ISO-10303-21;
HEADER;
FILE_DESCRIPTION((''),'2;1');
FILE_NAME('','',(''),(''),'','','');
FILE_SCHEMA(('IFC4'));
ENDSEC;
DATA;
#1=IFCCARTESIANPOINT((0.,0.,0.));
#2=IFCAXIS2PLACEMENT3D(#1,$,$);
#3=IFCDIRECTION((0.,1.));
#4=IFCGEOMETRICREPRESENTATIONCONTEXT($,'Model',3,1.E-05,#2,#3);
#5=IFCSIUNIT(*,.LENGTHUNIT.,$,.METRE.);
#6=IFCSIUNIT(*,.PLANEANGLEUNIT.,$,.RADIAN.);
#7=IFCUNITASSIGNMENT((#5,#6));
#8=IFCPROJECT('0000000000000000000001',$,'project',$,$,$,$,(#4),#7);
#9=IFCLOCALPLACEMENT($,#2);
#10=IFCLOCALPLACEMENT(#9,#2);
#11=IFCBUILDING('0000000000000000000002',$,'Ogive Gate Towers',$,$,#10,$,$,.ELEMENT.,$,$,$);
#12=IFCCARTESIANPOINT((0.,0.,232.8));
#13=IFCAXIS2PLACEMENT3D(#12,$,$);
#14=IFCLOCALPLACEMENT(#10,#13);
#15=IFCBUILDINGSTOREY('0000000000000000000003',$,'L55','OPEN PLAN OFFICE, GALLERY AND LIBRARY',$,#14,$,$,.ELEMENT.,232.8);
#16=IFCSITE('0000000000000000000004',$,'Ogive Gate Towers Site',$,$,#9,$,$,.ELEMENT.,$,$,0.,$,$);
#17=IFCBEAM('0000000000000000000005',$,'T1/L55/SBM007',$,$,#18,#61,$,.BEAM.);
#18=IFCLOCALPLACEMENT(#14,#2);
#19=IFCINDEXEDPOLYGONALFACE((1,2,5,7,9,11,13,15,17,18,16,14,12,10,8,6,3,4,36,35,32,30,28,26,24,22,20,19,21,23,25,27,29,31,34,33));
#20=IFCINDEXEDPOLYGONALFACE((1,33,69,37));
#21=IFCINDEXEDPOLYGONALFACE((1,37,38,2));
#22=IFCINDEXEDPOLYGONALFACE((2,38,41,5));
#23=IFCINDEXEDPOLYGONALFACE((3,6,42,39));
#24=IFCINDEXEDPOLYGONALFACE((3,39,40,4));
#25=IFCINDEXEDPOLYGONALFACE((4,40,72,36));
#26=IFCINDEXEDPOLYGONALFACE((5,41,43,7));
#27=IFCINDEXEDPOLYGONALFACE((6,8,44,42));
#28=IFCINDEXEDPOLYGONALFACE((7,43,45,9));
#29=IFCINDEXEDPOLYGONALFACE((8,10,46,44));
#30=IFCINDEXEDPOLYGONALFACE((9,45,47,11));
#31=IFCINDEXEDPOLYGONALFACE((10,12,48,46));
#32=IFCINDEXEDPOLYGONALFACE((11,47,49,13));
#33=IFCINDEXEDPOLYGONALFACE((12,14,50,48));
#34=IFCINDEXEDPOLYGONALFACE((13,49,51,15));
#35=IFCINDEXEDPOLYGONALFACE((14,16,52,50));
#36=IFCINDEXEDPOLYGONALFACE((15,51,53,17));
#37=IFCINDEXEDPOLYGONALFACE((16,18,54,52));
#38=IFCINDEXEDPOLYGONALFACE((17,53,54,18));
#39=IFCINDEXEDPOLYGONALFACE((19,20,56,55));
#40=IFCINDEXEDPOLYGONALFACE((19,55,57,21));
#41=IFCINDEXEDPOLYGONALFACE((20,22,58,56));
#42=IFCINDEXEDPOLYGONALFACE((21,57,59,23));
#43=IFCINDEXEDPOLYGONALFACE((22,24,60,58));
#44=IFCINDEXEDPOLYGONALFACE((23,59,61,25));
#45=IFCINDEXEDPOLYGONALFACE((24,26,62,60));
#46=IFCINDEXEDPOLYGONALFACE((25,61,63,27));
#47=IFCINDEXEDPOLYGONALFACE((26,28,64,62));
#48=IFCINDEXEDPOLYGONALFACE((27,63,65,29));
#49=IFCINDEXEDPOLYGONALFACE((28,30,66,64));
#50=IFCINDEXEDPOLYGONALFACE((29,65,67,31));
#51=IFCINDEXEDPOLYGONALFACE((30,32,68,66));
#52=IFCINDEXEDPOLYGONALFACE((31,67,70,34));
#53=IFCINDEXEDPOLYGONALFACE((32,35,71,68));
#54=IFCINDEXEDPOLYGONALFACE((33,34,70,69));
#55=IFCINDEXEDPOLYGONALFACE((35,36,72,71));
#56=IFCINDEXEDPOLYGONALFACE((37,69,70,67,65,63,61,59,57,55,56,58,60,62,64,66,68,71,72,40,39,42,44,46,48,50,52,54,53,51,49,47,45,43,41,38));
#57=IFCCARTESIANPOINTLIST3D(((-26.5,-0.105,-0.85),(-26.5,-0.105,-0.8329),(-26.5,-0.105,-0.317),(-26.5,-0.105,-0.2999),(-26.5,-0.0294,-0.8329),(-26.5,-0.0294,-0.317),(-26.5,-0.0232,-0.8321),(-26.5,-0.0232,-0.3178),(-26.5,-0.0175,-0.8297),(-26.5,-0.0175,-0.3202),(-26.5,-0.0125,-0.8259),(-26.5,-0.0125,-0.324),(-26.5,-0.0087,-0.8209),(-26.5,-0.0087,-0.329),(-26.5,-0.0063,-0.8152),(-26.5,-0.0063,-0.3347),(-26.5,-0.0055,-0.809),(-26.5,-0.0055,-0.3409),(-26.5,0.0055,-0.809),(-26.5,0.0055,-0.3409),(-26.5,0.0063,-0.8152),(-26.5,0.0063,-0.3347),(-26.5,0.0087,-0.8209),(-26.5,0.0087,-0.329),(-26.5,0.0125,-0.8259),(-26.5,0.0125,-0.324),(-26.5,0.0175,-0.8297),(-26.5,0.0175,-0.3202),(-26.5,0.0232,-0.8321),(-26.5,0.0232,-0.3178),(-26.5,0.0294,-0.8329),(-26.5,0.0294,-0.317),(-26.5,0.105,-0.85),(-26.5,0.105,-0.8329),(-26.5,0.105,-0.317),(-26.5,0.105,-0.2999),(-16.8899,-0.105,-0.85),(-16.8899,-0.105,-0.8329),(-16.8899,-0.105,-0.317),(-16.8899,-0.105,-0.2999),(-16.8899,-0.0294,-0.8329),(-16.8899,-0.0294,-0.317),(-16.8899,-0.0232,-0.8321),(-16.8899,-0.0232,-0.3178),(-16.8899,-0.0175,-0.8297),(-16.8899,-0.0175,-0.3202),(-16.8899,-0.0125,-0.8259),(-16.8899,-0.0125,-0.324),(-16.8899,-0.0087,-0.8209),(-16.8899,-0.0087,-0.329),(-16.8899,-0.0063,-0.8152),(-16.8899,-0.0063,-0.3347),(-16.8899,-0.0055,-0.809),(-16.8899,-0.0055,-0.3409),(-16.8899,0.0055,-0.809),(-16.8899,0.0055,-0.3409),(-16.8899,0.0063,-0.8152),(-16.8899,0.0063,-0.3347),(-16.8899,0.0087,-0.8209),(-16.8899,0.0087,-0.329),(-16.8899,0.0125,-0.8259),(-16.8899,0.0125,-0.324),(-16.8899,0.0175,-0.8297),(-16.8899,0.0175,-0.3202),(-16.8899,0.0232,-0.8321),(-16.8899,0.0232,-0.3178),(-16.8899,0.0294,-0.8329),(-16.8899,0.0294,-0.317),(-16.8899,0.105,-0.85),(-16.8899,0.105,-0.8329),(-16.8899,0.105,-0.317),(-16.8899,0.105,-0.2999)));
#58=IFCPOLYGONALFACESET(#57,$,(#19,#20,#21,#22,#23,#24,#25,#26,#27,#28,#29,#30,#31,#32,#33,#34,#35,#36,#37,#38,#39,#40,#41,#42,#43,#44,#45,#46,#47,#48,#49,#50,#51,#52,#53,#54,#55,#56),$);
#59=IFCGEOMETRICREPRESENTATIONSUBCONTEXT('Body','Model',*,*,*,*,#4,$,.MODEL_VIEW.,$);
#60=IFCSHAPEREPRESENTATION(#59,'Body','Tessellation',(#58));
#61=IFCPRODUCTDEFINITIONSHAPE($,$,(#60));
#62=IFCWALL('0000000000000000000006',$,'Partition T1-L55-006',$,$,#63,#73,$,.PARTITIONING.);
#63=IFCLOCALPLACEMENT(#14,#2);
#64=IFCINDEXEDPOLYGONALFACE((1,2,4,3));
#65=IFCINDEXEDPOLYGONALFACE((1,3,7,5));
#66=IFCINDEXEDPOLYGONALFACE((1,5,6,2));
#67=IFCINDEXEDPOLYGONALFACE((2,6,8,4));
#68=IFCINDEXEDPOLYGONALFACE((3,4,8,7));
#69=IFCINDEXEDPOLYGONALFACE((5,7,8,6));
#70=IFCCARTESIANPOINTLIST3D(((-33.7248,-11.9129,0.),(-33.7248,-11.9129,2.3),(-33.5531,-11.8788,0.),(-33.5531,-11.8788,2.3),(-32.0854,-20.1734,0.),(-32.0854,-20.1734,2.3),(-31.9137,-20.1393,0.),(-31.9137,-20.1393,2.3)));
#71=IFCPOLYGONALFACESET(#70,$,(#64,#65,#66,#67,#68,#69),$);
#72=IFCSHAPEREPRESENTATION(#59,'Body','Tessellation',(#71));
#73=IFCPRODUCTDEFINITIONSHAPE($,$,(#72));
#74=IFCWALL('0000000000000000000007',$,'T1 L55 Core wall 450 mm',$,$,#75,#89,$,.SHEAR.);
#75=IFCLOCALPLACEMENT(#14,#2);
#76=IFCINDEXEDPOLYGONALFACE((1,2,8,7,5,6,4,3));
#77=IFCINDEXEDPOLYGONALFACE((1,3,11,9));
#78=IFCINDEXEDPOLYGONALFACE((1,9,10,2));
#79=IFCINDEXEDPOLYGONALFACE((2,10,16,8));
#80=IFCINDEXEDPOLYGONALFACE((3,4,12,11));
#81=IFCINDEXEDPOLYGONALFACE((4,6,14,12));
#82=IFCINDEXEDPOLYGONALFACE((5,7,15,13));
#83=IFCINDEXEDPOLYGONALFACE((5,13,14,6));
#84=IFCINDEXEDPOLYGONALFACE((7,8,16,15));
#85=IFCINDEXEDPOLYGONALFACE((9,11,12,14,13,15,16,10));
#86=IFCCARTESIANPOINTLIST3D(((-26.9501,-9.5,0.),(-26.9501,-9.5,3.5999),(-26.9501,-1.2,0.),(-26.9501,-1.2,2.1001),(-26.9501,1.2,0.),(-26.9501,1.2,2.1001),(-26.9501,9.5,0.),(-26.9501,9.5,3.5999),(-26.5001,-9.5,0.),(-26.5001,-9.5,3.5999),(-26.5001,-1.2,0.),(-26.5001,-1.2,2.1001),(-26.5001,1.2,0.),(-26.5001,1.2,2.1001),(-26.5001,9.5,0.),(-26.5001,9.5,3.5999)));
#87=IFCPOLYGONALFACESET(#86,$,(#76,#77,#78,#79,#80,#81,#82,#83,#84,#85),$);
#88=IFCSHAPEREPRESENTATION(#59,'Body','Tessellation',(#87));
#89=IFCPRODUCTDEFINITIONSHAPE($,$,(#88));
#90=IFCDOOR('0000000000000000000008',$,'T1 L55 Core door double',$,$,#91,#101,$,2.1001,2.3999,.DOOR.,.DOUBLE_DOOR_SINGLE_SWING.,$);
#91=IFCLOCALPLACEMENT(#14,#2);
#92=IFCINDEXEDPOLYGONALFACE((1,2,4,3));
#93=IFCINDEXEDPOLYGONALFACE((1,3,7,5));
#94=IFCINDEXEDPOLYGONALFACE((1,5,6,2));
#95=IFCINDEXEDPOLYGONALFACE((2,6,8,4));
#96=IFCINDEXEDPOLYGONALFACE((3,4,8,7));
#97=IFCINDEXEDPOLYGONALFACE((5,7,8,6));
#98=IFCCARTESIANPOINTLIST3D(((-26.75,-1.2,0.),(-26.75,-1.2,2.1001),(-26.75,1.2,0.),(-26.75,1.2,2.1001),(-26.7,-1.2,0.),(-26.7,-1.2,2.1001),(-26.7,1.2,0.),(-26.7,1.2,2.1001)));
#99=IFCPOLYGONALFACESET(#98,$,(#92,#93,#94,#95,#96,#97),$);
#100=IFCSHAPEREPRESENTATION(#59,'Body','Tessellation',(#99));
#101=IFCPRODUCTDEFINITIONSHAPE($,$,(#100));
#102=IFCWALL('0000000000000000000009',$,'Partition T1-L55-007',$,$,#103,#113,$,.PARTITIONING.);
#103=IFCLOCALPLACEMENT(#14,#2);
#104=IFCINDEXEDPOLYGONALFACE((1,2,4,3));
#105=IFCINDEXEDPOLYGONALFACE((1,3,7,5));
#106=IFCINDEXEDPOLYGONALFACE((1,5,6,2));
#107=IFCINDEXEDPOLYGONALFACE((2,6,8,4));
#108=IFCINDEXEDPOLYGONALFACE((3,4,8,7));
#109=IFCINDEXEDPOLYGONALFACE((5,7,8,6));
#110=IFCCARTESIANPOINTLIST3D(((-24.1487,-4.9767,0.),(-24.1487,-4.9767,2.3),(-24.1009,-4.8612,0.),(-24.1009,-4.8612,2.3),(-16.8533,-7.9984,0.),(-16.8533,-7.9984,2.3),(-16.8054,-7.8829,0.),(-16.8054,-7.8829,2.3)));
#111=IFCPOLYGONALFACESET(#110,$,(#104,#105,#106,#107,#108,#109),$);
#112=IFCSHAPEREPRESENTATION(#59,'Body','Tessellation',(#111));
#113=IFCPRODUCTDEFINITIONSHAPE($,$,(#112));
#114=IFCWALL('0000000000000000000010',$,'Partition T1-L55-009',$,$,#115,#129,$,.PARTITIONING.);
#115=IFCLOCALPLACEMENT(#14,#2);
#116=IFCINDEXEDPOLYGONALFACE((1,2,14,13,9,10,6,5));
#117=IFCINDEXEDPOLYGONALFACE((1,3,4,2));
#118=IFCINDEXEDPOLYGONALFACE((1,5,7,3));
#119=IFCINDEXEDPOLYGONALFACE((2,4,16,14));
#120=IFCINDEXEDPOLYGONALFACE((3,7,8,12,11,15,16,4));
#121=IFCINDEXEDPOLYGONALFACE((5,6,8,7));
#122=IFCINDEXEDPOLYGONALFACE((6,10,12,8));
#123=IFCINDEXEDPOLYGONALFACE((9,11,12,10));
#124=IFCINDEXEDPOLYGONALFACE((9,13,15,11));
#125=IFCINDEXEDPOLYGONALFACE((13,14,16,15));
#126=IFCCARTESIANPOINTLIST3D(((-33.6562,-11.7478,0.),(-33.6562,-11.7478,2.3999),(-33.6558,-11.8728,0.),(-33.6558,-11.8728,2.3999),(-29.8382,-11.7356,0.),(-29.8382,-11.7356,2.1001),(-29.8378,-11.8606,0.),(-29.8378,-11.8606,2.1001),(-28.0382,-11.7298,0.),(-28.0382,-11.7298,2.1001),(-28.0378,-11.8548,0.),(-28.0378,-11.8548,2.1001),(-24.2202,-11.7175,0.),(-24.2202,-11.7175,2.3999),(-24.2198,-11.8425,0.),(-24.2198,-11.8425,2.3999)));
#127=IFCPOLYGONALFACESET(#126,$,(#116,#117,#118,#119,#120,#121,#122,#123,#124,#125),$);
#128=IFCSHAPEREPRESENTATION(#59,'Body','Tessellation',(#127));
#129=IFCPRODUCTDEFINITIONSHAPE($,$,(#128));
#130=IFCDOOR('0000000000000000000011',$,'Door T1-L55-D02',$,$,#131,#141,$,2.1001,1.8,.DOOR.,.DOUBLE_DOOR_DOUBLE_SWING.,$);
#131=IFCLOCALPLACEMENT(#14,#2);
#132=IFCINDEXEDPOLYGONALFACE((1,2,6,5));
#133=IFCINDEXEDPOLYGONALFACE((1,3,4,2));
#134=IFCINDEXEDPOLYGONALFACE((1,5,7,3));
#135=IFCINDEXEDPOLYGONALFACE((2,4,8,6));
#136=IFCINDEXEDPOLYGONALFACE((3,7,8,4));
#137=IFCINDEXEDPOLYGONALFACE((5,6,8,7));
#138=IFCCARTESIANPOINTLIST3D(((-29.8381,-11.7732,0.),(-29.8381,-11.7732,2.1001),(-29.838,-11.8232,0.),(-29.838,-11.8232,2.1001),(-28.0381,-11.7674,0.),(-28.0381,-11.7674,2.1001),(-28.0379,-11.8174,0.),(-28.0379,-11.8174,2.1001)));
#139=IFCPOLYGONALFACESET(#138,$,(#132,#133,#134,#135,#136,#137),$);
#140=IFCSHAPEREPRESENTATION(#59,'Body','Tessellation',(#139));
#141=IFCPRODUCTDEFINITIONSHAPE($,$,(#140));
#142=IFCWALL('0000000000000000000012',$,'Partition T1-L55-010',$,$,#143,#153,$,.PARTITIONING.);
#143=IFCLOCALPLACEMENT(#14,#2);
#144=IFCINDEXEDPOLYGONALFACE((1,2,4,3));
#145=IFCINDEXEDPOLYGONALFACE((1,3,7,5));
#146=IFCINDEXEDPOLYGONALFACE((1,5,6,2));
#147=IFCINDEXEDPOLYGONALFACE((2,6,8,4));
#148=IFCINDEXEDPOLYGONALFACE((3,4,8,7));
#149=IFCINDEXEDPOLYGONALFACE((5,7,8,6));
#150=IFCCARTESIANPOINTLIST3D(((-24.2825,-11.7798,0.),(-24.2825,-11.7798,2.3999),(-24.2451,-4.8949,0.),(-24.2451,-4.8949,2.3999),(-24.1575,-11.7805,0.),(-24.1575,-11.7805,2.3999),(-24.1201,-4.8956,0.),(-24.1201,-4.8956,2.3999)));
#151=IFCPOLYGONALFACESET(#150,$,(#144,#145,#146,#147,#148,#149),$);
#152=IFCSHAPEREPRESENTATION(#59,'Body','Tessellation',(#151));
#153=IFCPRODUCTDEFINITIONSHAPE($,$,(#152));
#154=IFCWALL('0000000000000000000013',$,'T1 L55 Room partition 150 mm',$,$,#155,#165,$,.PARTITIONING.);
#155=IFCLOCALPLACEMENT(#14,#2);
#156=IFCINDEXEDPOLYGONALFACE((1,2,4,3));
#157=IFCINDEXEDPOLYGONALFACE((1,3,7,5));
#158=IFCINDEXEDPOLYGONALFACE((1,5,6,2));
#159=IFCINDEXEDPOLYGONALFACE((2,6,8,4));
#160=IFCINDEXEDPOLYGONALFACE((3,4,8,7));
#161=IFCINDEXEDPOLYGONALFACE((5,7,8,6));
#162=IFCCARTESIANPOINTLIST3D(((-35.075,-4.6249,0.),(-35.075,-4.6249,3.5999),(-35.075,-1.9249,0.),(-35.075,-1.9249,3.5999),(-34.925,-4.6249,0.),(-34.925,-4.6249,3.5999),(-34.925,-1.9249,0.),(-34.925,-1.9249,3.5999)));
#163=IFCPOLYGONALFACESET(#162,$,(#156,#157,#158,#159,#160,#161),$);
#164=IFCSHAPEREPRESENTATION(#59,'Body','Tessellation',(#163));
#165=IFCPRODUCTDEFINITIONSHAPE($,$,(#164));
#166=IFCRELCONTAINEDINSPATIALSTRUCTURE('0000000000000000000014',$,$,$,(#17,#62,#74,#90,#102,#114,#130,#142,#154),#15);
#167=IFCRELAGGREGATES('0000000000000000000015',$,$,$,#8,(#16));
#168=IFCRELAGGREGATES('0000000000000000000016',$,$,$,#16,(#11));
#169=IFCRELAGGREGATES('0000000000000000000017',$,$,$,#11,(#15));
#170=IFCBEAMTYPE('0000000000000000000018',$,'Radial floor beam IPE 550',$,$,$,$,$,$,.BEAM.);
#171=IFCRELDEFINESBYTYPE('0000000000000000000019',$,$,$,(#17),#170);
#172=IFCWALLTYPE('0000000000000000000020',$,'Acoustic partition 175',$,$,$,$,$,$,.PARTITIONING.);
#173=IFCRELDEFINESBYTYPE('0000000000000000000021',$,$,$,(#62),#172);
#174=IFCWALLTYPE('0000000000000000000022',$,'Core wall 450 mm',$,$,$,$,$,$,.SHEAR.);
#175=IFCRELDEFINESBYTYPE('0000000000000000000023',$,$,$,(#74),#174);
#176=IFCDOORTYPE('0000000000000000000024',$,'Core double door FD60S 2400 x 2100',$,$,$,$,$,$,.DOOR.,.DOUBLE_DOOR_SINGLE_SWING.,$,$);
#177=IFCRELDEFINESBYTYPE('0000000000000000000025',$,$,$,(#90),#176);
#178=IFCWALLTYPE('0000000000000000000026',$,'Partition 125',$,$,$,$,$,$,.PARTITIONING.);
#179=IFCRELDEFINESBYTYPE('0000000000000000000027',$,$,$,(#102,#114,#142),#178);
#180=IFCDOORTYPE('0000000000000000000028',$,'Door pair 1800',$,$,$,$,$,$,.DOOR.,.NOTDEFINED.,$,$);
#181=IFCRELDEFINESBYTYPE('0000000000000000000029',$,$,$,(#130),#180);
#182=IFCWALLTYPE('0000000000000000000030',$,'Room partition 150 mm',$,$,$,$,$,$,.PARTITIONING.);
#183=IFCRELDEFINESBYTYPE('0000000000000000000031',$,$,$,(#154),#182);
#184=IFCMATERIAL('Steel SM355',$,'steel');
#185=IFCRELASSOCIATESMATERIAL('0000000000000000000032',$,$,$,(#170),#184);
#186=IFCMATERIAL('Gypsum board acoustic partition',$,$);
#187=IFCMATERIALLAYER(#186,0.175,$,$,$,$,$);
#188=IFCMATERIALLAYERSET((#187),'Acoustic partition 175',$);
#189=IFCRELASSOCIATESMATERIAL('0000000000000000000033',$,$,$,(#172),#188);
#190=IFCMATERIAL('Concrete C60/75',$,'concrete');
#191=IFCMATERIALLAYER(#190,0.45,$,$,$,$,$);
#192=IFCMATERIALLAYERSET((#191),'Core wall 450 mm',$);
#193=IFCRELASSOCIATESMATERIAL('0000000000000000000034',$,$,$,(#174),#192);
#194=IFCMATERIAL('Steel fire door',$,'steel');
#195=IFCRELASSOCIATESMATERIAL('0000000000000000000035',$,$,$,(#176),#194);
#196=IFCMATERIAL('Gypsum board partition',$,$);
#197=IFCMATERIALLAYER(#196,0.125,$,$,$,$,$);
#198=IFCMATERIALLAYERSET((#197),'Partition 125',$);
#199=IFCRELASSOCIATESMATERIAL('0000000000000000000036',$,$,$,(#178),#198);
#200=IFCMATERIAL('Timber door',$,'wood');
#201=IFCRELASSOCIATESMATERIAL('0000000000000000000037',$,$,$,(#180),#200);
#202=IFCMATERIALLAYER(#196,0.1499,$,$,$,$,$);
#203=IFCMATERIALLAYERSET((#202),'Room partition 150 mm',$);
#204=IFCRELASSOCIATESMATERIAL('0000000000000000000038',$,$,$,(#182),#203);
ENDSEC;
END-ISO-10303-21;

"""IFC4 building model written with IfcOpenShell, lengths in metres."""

from ifc_helpers import new_model, si_unit, direction, frame, frame_2d, origin, origin_2d, place, context, subcontext, project, spatial, rectangle, i_section, extrude, material, layer, layer_set, material_profile, profile_set, type_object, element, fill, save


model = new_model("IFC4")

# Units and contexts
model_context = context("Model", 3, precision=1e-05, world=origin(), true_north=direction((0.0, 1.0)))
body_context = subcontext(model_context, "Body", "Model", "MODEL_VIEW")
ifc_project = project(units=[si_unit("LENGTHUNIT", "METRE"), si_unit("PLANEANGLEUNIT", "RADIAN")], contexts=[model_context])

# Site, building, storey
site_placement = place(None, origin())
site = spatial("IfcSite", under=ifc_project, at=site_placement, Name="Ogive Gate Towers Site", CompositionType="ELEMENT", RefElevation=0.0)
building_placement = place(site_placement, origin())
building = spatial("IfcBuilding", under=site, at=building_placement, Name="Ogive Gate Towers", CompositionType="ELEMENT")
storey_placement = place(building_placement, frame((0.0, 0.0, 232.8)))
storey = spatial("IfcBuildingStorey", under=building, at=storey_placement, Name="L55", Description="OPEN PLAN OFFICE, GALLERY AND LIBRARY", CompositionType="ELEMENT", Elevation=232.8)

# Beam
ifc_material_1 = material(Name="Steel SM355", Category="steel")
ifc_material_profile_1 = material_profile(ifc_material_1, i_section(OverallWidth=0.21, OverallDepth=0.55, WebThickness=0.011, FlangeThickness=0.0171, FilletRadius=0.0239, at=origin_2d()), Name="IPE 550")
ifc_profile_set_1 = profile_set([ifc_material_profile_1], Name="Steel SM355")
beam_type_1 = type_object("IfcBeamType", Name="Radial floor beam IPE 550", PredefinedType="BEAM", material=ifc_profile_set_1)
beam_1_placement = place(storey_placement, frame((-26.5, 0.0, -0.575), z_axis=(1.0, 0.0, 0.0), x_axis=(0.0, 1.0, 0.0)))
element("IfcBeam", 1, at=beam_1_placement, inside=storey, type_object=beam_type_1, Name="T1/L55/SBM007", PredefinedType="BEAM", context=body_context, shape_type="SweptSolid", body=[
    extrude(i_section(OverallWidth=0.21, OverallDepth=0.55, WebThickness=0.011, FlangeThickness=0.0171, FilletRadius=0.0239, at=origin_2d()), origin(), (0.0, 0.0, 1.0), 9.6101),
])

# Wall
ifc_material_2 = material(Name="Gypsum board acoustic partition")
ifc_layer_1 = layer(ifc_material_2, 0.175)
ifc_layer_set_1 = layer_set([ifc_layer_1], Name="Acoustic partition 175")
wall_type_1 = type_object("IfcWallType", Name="Acoustic partition 175", PredefinedType="PARTITIONING", material=ifc_layer_set_1)
wall_1_placement = place(storey_placement, frame((-31.9995, -20.1565, 0.0), z_axis=(0.0, 0.0, 1.0), x_axis=(-0.194666, 0.98087, 0.0)))
element("IfcWall", 2, at=wall_1_placement, inside=storey, type_object=wall_type_1, Name="Partition T1-L55-006", PredefinedType="PARTITIONING", context=body_context, shape_type="SweptSolid", body=[
    extrude(rectangle(XDim=8.4216, YDim=0.175, at=frame_2d((4.2109, 0.0))), origin(), (0.0, 0.0, 1.0), 2.3),
])

# Wall, opening, door
ifc_material_3 = material(Name="Concrete C60/75", Category="concrete")
ifc_layer_2 = layer(ifc_material_3, 0.45)
ifc_layer_set_2 = layer_set([ifc_layer_2], Name="Core wall 450 mm")
wall_type_2 = type_object("IfcWallType", Name="Core wall 450 mm", PredefinedType="SHEAR", material=ifc_layer_set_2)
wall_2_placement = place(storey_placement, frame((-26.7251, -9.5, 0.0), z_axis=(0.0, 0.0, 1.0), x_axis=(0.0, 1.0, 0.0)))
wall_2 = element("IfcWall", 3, at=wall_2_placement, inside=storey, type_object=wall_type_2, Name="T1 L55 Core wall 450 mm", PredefinedType="SHEAR", context=body_context, shape_type="SweptSolid", body=[
    extrude(rectangle(XDim=19.0, YDim=0.45, at=frame_2d((9.5, 0.0))), origin(), (0.0, 0.0, 1.0), 3.5999),
])
opening_1_placement = place(wall_2_placement, frame((8.3, 0.0, 0.0)))
opening_1 = element("IfcOpeningElement", 4, at=opening_1_placement, cuts=wall_2, PredefinedType="OPENING", context=body_context, shape_type="SweptSolid", body=[
    extrude(rectangle(XDim=2.3999, YDim=2.1001, at=frame_2d((1.2, 1.05))), frame((0.0, 0.2349, 0.0), z_axis=(0.0, -1.0, 0.0), x_axis=(1.0, 0.0, 0.0)), (0.0, 0.0, 1.0), 0.47),
])
ifc_material_4 = material(Name="Steel fire door", Category="steel")
door_type_1 = type_object("IfcDoorType", Name="Core double door FD60S 2400 x 2100", OperationType="DOUBLE_DOOR_SINGLE_SWING", PredefinedType="DOOR", material=ifc_material_4)
door_1_placement = place(opening_1_placement, origin())
door_1 = element("IfcDoor", 5, at=door_1_placement, inside=storey, type_object=door_type_1, Name="T1 L55 Core door double", OperationType="DOUBLE_DOOR_SINGLE_SWING", OverallHeight=2.1001, OverallWidth=2.3999, PredefinedType="DOOR", context=body_context, shape_type="SweptSolid", body=[
    extrude(rectangle(XDim=2.3999, YDim=2.1001, at=frame_2d((1.2, 1.05))), frame((0.0, 0.0249, 0.0), z_axis=(0.0, -1.0, 0.0), x_axis=(1.0, 0.0, 0.0)), (0.0, 0.0, 1.0), 0.05),
])
fill(opening_1, door_1)

# Wall
ifc_material_5 = material(Name="Gypsum board partition")
ifc_layer_3 = layer(ifc_material_5, 0.125)
ifc_layer_set_3 = layer_set([ifc_layer_3], Name="Partition 125")
wall_type_3 = type_object("IfcWallType", Name="Partition 125", PredefinedType="PARTITIONING", material=ifc_layer_set_3)
wall_3_placement = place(storey_placement, frame((-16.8293, -7.9407, 0.0), z_axis=(0.0, 0.0, 1.0), x_axis=(-0.923885, 0.382669, 0.0)))
element("IfcWall", 6, at=wall_3_placement, inside=storey, type_object=wall_type_3, Name="Partition T1-L55-007", PredefinedType="PARTITIONING", context=body_context, shape_type="SweptSolid", body=[
    extrude(rectangle(XDim=7.8965, YDim=0.125, at=frame_2d((3.9482, 0.0))), origin(), (0.0, 0.0, 1.0), 2.3),
])

# Wall, opening, door
wall_4_placement = place(storey_placement, frame((-33.656, -11.8103, 0.0), z_axis=(0.0, 0.0, 1.0), x_axis=(0.999995, 0.003208, 0.0)))
wall_4 = element("IfcWall", 7, at=wall_4_placement, inside=storey, type_object=wall_type_3, Name="Partition T1-L55-009", PredefinedType="PARTITIONING", context=body_context, shape_type="SweptSolid", body=[
    extrude(rectangle(XDim=9.436, YDim=0.125, at=frame_2d((4.718, 0.0))), origin(), (0.0, 0.0, 1.0), 2.3999),
])
opening_2_placement = place(wall_4_placement, frame((3.8181, 0.0, 0.0)))
opening_2 = element("IfcOpeningElement", 8, at=opening_2_placement, cuts=wall_4, PredefinedType="OPENING", context=body_context, shape_type="SweptSolid", body=[
    extrude(rectangle(XDim=1.8, YDim=2.1001, at=frame_2d((0.8999, 1.05))), frame((0.0, 0.0725, 0.0), z_axis=(0.0, -1.0, 0.0), x_axis=(1.0, 0.0, 0.0)), (0.0, 0.0, 1.0), 0.145),
])
ifc_material_6 = material(Name="Timber door", Category="wood")
door_type_2 = type_object("IfcDoorType", Name="Door pair 1800", OperationType="NOTDEFINED", PredefinedType="DOOR", material=ifc_material_6)
door_2_placement = place(opening_2_placement, origin())
door_2 = element("IfcDoor", 9, at=door_2_placement, inside=storey, type_object=door_type_2, Name="Door T1-L55-D02", OperationType="DOUBLE_DOOR_DOUBLE_SWING", OverallHeight=2.1001, OverallWidth=1.8, PredefinedType="DOOR", context=body_context, shape_type="SweptSolid", body=[
    extrude(rectangle(XDim=1.8, YDim=2.1001, at=frame_2d((0.8999, 1.05))), frame((0.0, 0.0249, 0.0), z_axis=(0.0, -1.0, 0.0), x_axis=(1.0, 0.0, 0.0)), (0.0, 0.0, 1.0), 0.05),
])
fill(opening_2, door_2)

# Walls
wall_5_placement = place(storey_placement, frame((-24.22, -11.78, 0.0), z_axis=(0.0, 0.0, 1.0), x_axis=(0.005425, 0.999985, 0.0)))
element("IfcWall", 10, at=wall_5_placement, inside=storey, type_object=wall_type_3, Name="Partition T1-L55-010", PredefinedType="PARTITIONING", context=body_context, shape_type="SweptSolid", body=[
    extrude(rectangle(XDim=6.885, YDim=0.125, at=frame_2d((3.4424, 0.0))), origin(), (0.0, 0.0, 1.0), 2.3999),
])
ifc_layer_4 = layer(ifc_material_5, 0.1499)
ifc_layer_set_4 = layer_set([ifc_layer_4], Name="Room partition 150 mm")
wall_type_4 = type_object("IfcWallType", Name="Room partition 150 mm", PredefinedType="PARTITIONING", material=ifc_layer_set_4)
wall_6_placement = place(storey_placement, frame((-35.0, -4.625, 0.0), z_axis=(0.0, 0.0, 1.0), x_axis=(0.0, 1.0, 0.0)))
element("IfcWall", 11, at=wall_6_placement, inside=storey, type_object=wall_type_4, Name="T1 L55 Room partition 150 mm", PredefinedType="PARTITIONING", context=body_context, shape_type="SweptSolid", body=[
    extrude(rectangle(XDim=2.7, YDim=0.1499, at=frame_2d((1.3501, 0.0))), origin(), (0.0, 0.0, 1.0), 3.5999),
])

save(model, "model.ifc")
